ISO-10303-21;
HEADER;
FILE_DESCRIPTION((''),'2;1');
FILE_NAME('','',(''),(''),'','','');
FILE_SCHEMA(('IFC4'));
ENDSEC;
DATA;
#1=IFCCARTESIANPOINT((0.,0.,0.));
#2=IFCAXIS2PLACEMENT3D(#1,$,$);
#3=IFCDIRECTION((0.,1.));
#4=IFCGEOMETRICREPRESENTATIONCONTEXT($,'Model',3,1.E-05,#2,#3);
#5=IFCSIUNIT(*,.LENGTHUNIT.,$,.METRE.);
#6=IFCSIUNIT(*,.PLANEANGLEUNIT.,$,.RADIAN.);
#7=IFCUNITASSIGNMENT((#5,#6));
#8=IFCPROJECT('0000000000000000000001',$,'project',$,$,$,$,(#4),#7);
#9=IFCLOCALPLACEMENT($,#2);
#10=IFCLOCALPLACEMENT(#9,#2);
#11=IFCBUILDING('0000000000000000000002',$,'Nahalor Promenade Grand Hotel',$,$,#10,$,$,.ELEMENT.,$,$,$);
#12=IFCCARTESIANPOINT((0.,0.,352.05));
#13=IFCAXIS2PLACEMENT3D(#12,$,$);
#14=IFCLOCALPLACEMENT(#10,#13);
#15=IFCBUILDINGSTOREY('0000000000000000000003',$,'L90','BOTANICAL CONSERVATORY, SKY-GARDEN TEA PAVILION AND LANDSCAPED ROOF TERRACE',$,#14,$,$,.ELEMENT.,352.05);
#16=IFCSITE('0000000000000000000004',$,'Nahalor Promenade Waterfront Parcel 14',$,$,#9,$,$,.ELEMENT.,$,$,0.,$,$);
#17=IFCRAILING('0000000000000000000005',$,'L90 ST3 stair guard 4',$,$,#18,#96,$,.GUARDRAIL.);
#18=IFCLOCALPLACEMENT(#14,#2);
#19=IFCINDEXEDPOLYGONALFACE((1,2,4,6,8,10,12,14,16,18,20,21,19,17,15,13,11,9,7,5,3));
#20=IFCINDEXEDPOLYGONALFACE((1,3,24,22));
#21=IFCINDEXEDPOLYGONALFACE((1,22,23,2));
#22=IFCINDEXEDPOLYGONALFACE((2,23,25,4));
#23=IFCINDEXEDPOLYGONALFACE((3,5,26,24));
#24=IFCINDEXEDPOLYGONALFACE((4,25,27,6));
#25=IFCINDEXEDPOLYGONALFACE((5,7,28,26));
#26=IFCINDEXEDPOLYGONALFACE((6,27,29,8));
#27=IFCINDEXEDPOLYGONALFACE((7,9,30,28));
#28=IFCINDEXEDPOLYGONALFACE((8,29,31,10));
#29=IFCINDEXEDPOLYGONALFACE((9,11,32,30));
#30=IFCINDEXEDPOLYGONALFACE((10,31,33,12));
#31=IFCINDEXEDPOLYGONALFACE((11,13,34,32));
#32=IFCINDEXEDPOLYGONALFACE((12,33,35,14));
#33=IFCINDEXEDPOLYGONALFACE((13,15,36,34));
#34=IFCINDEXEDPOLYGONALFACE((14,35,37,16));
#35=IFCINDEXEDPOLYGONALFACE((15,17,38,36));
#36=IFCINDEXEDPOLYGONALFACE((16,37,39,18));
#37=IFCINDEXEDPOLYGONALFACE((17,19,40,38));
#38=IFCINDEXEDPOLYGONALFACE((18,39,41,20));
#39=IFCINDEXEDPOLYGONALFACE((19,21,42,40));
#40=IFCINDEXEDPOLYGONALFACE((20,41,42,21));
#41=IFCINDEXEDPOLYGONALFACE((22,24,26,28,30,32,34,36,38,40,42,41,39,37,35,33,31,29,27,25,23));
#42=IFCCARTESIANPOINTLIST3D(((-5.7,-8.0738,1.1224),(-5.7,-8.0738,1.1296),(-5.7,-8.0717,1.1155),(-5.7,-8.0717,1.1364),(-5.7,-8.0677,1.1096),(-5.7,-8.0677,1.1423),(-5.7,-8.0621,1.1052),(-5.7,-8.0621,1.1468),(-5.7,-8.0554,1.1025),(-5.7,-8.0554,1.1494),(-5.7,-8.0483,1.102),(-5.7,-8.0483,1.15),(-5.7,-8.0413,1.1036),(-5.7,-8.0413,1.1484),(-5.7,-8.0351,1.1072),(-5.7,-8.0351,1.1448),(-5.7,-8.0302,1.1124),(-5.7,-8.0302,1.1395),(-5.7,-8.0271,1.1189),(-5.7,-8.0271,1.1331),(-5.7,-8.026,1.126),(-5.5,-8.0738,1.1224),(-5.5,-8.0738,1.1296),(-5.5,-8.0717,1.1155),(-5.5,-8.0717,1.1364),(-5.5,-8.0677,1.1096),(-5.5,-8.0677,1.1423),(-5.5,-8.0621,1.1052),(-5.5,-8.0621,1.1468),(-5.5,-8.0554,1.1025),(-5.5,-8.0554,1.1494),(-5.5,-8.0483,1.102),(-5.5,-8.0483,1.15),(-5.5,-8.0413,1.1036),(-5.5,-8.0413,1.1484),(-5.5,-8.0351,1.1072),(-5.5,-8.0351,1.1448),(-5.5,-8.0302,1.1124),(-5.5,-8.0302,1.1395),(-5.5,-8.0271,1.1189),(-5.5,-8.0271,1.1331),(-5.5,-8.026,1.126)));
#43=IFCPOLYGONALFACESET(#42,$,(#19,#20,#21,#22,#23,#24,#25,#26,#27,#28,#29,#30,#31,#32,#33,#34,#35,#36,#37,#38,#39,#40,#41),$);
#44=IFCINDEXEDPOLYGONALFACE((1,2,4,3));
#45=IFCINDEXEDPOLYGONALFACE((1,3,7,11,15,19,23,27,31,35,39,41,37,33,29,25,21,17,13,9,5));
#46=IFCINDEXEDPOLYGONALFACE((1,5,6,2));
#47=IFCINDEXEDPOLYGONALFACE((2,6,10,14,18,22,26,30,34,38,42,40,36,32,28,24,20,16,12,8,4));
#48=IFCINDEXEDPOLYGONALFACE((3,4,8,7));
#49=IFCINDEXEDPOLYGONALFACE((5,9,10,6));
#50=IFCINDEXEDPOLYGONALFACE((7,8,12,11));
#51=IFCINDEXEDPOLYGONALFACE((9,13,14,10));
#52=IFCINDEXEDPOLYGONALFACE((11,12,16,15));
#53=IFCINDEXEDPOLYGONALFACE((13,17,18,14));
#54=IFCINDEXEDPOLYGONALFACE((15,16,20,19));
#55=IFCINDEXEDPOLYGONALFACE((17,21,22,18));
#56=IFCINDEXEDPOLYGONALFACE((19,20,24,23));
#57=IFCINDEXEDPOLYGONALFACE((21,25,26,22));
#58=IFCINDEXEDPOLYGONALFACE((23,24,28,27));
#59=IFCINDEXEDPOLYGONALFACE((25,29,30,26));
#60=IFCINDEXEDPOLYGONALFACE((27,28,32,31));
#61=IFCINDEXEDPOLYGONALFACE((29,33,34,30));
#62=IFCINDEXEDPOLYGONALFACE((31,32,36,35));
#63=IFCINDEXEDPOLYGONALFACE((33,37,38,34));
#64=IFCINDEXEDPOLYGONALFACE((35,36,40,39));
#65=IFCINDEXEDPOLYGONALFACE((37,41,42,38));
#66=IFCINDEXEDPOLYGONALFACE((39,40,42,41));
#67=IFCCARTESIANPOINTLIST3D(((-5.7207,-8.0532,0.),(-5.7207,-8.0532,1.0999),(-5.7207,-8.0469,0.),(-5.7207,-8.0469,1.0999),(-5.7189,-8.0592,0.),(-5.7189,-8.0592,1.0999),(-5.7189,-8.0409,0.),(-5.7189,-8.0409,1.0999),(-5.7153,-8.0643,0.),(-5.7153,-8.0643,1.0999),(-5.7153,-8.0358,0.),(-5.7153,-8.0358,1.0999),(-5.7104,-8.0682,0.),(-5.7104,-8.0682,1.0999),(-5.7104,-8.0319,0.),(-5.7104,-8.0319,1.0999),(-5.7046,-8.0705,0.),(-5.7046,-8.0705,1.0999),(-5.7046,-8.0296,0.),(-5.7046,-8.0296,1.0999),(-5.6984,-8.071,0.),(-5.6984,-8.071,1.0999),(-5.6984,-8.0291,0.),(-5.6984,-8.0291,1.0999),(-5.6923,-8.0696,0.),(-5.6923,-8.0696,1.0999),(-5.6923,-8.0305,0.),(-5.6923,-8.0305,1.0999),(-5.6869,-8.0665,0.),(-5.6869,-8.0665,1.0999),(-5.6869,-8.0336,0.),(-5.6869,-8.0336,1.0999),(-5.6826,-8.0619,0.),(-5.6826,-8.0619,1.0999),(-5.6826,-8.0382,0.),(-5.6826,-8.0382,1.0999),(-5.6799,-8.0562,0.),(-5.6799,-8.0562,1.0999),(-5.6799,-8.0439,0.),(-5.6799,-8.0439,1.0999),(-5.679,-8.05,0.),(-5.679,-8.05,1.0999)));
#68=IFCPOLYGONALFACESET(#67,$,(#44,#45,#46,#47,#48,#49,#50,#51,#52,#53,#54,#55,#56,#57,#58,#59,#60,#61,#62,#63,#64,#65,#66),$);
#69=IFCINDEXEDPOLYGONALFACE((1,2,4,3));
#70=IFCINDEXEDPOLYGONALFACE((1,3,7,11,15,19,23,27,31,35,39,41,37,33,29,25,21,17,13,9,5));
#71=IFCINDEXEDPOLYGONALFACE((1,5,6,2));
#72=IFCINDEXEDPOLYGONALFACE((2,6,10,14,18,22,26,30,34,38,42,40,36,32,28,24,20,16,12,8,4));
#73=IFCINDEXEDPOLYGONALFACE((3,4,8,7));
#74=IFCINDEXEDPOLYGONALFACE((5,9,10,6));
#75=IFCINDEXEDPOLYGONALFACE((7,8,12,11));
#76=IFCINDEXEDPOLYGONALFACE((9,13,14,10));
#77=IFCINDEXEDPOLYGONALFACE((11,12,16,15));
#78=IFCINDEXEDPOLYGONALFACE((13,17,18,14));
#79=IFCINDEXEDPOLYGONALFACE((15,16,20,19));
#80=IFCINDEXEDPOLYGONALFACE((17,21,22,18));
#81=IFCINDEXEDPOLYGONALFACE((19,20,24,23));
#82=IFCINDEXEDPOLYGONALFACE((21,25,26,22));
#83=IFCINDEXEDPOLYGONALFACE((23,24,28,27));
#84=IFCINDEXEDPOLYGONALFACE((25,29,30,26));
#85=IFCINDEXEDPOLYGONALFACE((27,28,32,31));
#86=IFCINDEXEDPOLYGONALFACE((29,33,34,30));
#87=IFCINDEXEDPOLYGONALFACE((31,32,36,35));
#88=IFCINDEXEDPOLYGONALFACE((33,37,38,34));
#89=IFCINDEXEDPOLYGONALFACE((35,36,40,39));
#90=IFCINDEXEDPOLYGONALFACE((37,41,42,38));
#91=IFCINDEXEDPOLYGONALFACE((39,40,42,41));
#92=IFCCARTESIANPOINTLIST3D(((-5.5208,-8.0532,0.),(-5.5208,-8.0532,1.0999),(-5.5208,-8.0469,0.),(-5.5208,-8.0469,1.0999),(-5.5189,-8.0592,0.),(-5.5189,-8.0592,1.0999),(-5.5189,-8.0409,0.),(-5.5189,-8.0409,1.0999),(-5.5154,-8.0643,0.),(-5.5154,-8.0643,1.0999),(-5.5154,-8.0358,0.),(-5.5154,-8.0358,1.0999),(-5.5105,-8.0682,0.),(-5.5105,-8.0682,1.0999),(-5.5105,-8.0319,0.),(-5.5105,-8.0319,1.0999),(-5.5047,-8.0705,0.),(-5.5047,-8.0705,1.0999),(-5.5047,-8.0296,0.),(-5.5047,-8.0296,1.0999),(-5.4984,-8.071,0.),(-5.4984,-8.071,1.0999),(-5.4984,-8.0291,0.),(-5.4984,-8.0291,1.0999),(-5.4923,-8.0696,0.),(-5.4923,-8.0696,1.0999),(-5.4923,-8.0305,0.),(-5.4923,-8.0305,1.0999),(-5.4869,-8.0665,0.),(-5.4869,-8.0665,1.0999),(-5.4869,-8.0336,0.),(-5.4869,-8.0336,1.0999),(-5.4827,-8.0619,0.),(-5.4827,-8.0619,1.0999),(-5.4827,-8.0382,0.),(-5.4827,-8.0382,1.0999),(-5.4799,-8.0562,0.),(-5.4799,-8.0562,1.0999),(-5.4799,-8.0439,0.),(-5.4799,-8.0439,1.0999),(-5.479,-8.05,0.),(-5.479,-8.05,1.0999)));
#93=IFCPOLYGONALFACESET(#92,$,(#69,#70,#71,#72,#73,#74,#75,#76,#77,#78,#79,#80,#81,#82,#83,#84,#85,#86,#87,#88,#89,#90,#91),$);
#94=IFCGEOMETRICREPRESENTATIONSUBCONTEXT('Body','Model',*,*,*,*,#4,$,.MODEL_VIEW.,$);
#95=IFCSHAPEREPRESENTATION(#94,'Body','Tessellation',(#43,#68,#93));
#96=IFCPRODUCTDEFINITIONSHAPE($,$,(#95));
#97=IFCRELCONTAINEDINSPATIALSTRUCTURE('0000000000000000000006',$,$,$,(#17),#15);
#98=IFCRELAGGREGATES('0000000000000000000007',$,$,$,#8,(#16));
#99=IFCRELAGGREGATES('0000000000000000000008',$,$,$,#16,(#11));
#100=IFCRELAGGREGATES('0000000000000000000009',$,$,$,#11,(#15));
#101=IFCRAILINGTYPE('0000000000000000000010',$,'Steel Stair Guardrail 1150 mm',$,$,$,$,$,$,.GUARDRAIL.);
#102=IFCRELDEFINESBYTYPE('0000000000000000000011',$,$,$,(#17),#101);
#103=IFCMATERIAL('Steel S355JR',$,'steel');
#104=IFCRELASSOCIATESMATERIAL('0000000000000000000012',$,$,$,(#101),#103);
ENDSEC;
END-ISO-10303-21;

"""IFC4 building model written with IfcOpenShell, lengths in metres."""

from ifc_helpers import new_model, si_unit, direction, frame, origin, origin_2d, place, context, subcontext, project, spatial, circle, extrude, material, type_object, element, save


model = new_model("IFC4")

# Units and contexts
model_context = context("Model", 3, precision=1e-05, world=origin(), true_north=direction((0.0, 1.0)))
body_context = subcontext(model_context, "Body", "Model", "MODEL_VIEW")
ifc_project = project(units=[si_unit("LENGTHUNIT", "METRE"), si_unit("PLANEANGLEUNIT", "RADIAN")], contexts=[model_context])

# Site, building, storey
site_placement = place(None, origin())
site = spatial("IfcSite", under=ifc_project, at=site_placement, Name="Nahalor Promenade Waterfront Parcel 14", CompositionType="ELEMENT", RefElevation=0.0)
building_placement = place(site_placement, origin())
building = spatial("IfcBuilding", under=site, at=building_placement, Name="Nahalor Promenade Grand Hotel", CompositionType="ELEMENT")
storey_placement = place(building_placement, frame((0.0, 0.0, 352.05)))
storey = spatial("IfcBuildingStorey", under=building, at=storey_placement, Name="L90", Description="BOTANICAL CONSERVATORY, SKY-GARDEN TEA PAVILION AND LANDSCAPED ROOF TERRACE", CompositionType="ELEMENT", Elevation=352.05)

# Shared definitions
ifc_material_1 = material(Name="Steel S355JR", Category="steel")

# Railing
railing_type_1 = type_object("IfcRailingType", Name="Steel Stair Guardrail 1150 mm", PredefinedType="GUARDRAIL", material=ifc_material_1)
railing_1_placement = place(storey_placement, frame((-5.7, -8.05, 0.0)))
element("IfcRailing", 1, at=railing_1_placement, inside=storey, type_object=railing_type_1, Name="L90 ST3 stair guard 4", PredefinedType="GUARDRAIL", context=body_context, shape_type="SweptSolid", body=[
    extrude(circle(Radius=0.024, at=origin_2d()), frame((0.0, 0.0, 1.126), z_axis=(1.0, 0.0, 0.0), x_axis=(0.0, 1.0, 0.0)), (0.0, 0.0, 1.0), 0.2),
    extrude(circle(Radius=0.021, at=origin_2d()), origin(), (0.0, 0.0, 1.0), 1.0999),
    extrude(circle(Radius=0.021, at=origin_2d()), frame((0.2, 0.0, 0.0)), (0.0, 0.0, 1.0), 1.0999),
])

save(model, "model.ifc")
